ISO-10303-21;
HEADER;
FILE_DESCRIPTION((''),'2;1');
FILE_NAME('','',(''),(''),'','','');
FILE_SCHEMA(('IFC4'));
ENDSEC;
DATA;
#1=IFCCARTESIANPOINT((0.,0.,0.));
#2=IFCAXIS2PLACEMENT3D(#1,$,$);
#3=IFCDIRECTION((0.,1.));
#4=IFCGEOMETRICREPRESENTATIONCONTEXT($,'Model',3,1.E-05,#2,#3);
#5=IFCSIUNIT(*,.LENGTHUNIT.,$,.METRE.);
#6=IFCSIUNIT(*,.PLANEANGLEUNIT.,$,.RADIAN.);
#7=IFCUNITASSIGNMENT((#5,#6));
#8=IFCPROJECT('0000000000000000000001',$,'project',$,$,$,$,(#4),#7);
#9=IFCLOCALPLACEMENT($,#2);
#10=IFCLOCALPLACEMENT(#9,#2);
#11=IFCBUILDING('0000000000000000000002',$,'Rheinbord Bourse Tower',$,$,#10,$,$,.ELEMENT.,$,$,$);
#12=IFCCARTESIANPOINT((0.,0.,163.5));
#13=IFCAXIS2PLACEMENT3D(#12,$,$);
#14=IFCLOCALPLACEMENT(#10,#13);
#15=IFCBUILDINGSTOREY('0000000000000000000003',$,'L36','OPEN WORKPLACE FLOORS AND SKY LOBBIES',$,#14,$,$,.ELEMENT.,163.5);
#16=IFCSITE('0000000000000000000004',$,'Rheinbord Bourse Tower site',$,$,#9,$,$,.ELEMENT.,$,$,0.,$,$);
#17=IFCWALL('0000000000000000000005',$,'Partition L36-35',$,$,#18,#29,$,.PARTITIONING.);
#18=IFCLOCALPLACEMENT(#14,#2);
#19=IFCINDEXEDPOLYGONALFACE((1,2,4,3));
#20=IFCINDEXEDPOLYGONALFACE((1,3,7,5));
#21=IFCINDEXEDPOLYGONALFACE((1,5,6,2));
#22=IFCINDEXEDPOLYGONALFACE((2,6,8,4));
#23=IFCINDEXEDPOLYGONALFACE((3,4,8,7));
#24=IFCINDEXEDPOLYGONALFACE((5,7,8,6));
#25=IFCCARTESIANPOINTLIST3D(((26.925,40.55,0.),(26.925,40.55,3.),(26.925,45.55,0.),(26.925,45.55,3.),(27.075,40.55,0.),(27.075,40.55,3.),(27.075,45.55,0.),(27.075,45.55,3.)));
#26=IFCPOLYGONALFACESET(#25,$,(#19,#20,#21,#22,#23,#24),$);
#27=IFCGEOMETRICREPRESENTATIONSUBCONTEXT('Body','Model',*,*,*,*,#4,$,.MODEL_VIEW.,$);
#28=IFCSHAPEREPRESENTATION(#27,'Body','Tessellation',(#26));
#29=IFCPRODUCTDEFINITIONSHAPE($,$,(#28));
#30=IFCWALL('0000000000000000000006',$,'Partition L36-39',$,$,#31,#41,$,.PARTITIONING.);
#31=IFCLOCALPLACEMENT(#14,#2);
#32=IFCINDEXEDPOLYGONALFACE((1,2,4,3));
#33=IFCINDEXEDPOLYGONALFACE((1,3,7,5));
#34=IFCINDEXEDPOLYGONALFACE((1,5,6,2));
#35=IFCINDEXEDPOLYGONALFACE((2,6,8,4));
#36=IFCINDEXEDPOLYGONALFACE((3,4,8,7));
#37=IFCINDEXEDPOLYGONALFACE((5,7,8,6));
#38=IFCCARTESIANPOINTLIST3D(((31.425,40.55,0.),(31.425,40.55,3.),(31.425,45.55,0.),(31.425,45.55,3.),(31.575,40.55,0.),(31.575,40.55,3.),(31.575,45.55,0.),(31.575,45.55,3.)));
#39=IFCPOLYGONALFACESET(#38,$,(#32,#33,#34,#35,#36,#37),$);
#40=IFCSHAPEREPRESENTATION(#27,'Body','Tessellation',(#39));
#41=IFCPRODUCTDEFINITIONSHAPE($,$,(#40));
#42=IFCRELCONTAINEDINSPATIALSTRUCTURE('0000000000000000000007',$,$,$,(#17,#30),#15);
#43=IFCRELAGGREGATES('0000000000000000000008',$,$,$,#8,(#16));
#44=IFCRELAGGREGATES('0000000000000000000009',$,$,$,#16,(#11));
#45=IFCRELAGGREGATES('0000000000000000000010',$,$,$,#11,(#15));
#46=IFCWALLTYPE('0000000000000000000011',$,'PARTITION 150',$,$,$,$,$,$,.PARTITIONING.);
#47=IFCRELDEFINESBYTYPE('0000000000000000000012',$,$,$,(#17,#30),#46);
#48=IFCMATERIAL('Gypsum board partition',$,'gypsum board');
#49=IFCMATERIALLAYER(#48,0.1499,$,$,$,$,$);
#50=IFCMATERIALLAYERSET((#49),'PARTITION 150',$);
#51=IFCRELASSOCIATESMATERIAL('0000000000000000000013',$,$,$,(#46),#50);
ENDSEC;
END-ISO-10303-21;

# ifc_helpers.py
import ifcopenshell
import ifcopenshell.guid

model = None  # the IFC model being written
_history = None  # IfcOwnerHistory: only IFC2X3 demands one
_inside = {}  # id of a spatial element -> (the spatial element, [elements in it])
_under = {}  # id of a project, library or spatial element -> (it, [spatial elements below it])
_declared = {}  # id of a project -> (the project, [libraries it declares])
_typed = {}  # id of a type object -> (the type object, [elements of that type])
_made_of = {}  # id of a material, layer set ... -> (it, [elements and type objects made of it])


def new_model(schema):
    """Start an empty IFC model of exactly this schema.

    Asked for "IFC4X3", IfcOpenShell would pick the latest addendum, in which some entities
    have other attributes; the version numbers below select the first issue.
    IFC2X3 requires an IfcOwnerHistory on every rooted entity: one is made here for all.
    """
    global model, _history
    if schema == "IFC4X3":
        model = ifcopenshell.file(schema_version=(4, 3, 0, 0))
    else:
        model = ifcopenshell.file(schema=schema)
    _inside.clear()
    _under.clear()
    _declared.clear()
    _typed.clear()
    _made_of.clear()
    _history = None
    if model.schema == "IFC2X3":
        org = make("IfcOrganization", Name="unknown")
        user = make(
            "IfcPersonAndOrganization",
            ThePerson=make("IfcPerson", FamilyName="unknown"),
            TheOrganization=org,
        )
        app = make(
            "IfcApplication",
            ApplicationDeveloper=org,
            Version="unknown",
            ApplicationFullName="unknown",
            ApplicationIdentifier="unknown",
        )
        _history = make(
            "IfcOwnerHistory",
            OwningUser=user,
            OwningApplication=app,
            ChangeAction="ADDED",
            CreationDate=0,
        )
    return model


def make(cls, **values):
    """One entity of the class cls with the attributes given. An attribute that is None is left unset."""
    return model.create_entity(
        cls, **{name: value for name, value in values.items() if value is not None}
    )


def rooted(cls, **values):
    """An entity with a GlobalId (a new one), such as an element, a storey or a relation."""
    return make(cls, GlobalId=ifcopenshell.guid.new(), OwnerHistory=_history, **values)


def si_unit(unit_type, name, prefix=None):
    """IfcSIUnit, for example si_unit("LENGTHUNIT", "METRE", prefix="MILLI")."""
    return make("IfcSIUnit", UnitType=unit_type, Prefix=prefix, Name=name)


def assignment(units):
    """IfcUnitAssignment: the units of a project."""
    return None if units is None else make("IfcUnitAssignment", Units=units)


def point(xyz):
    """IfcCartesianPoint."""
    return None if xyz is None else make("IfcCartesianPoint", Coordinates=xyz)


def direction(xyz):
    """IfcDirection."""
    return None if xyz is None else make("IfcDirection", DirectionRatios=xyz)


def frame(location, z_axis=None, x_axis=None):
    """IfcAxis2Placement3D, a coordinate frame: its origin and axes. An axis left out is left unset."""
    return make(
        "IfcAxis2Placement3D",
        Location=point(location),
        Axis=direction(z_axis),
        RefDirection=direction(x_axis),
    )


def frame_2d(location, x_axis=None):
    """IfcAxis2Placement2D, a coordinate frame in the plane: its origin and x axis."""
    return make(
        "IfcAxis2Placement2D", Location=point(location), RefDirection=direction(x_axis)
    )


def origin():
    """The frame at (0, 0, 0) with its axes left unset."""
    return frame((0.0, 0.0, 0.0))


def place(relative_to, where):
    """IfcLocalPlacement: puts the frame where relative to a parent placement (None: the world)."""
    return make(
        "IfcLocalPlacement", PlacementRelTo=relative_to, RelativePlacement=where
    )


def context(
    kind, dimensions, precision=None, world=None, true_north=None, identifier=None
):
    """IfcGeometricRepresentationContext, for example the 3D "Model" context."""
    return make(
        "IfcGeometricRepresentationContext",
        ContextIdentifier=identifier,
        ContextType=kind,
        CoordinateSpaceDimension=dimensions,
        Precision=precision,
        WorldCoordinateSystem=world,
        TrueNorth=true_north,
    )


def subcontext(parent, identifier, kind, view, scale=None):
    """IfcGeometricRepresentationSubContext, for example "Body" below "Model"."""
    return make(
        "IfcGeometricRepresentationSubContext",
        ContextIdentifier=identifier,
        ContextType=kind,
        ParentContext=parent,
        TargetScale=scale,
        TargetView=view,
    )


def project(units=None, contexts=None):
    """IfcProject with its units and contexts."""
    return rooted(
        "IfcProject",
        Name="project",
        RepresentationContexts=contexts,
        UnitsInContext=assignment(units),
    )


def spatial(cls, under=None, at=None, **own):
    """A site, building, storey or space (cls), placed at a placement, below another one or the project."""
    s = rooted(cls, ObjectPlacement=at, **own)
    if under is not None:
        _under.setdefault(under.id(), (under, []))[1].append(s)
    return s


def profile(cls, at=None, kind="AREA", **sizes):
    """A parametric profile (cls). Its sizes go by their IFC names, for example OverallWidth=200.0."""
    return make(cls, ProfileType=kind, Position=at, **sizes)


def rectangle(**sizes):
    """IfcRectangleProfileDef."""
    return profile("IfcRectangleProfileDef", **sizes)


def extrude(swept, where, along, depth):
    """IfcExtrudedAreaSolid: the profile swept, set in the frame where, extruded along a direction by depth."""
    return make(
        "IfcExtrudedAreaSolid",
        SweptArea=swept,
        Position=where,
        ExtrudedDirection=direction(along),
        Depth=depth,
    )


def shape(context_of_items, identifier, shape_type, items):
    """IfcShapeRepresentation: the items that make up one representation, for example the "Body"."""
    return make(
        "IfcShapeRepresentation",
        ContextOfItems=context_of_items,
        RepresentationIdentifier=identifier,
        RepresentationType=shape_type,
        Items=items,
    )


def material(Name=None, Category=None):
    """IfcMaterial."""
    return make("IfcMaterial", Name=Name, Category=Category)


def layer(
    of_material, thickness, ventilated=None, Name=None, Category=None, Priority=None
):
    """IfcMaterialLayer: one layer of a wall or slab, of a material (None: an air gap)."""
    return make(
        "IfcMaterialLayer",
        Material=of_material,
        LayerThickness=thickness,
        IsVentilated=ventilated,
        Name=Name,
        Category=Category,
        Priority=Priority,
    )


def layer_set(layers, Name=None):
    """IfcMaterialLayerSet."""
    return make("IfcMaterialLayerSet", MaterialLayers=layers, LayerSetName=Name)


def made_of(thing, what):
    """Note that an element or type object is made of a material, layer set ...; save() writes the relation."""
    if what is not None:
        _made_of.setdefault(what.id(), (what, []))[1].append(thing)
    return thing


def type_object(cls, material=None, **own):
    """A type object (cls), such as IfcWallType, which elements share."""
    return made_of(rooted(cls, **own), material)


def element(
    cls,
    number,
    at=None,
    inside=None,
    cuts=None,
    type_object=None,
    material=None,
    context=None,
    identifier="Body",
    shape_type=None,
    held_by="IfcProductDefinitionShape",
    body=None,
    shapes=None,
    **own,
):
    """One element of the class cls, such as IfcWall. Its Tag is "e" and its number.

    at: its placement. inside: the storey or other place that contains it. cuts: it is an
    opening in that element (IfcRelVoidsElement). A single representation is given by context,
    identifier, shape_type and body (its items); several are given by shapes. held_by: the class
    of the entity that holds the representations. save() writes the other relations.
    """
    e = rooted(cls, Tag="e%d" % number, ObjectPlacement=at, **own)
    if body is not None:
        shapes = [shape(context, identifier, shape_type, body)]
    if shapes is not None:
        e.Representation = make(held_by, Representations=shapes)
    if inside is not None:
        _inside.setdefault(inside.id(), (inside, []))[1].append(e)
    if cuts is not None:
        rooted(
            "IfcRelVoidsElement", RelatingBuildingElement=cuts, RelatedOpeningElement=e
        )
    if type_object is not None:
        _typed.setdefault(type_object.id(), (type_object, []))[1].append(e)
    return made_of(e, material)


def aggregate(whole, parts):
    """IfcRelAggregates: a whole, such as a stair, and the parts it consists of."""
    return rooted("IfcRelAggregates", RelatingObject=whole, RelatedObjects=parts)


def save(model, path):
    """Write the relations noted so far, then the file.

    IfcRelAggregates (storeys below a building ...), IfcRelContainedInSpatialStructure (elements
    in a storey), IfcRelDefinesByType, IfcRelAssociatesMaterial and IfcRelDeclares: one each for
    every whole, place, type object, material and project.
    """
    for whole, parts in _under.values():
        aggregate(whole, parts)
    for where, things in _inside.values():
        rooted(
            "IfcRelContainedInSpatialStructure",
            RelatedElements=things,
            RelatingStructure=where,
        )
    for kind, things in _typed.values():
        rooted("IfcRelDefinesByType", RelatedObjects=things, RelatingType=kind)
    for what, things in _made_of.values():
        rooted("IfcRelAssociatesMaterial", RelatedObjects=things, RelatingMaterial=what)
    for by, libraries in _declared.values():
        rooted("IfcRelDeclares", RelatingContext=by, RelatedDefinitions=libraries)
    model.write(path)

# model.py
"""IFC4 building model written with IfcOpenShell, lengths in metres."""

from ifc_helpers import new_model, si_unit, direction, frame, frame_2d, origin, place, context, subcontext, project, spatial, rectangle, extrude, material, layer, layer_set, type_object, element, save


model = new_model("IFC4")

# Units and contexts
model_context = context("Model", 3, precision=1e-05, world=origin(), true_north=direction((0.0, 1.0)))
body_context = subcontext(model_context, "Body", "Model", "MODEL_VIEW")
ifc_project = project(units=[si_unit("LENGTHUNIT", "METRE"), si_unit("PLANEANGLEUNIT", "RADIAN")], contexts=[model_context])

# Site, building, storey
site_placement = place(None, origin())
site = spatial("IfcSite", under=ifc_project, at=site_placement, Name="Rheinbord Bourse Tower site", CompositionType="ELEMENT", RefElevation=0.0)
building_placement = place(site_placement, origin())
building = spatial("IfcBuilding", under=site, at=building_placement, Name="Rheinbord Bourse Tower", CompositionType="ELEMENT")
storey_placement = place(building_placement, frame((0.0, 0.0, 163.5)))
storey = spatial("IfcBuildingStorey", under=building, at=storey_placement, Name="L36", Description="OPEN WORKPLACE FLOORS AND SKY LOBBIES", CompositionType="ELEMENT", Elevation=163.5)

# Walls
ifc_material_1 = material(Name="Gypsum board partition", Category="gypsum board")
ifc_layer_1 = layer(ifc_material_1, 0.1499)
ifc_layer_set_1 = layer_set([ifc_layer_1], Name="PARTITION 150")
wall_type = type_object("IfcWallType", Name="PARTITION 150", PredefinedType="PARTITIONING", material=ifc_layer_set_1)
for number, where, z_axis, x_axis, name in (
    (1, (27.0, 40.55, 0.0), (0.0, 0.0, 1.0), (0.0, 1.0, 0.0), "Partition L36-35"),
    (2, (31.5, 40.55, 0.0), (0.0, 0.0, 1.0), (0.0, 1.0, 0.0), "Partition L36-39"),
):
    element("IfcWall", number, at=place(storey_placement, frame(where, z_axis=z_axis, x_axis=x_axis)), inside=storey, type_object=wall_type, Name=name, PredefinedType="PARTITIONING", context=body_context, shape_type="SweptSolid", body=[
        extrude(rectangle(XDim=5.0, YDim=0.1499, at=frame_2d((2.5, 0.0))), origin(), (0.0, 0.0, 1.0), 3.0),
    ])

save(model, "model.ifc")
